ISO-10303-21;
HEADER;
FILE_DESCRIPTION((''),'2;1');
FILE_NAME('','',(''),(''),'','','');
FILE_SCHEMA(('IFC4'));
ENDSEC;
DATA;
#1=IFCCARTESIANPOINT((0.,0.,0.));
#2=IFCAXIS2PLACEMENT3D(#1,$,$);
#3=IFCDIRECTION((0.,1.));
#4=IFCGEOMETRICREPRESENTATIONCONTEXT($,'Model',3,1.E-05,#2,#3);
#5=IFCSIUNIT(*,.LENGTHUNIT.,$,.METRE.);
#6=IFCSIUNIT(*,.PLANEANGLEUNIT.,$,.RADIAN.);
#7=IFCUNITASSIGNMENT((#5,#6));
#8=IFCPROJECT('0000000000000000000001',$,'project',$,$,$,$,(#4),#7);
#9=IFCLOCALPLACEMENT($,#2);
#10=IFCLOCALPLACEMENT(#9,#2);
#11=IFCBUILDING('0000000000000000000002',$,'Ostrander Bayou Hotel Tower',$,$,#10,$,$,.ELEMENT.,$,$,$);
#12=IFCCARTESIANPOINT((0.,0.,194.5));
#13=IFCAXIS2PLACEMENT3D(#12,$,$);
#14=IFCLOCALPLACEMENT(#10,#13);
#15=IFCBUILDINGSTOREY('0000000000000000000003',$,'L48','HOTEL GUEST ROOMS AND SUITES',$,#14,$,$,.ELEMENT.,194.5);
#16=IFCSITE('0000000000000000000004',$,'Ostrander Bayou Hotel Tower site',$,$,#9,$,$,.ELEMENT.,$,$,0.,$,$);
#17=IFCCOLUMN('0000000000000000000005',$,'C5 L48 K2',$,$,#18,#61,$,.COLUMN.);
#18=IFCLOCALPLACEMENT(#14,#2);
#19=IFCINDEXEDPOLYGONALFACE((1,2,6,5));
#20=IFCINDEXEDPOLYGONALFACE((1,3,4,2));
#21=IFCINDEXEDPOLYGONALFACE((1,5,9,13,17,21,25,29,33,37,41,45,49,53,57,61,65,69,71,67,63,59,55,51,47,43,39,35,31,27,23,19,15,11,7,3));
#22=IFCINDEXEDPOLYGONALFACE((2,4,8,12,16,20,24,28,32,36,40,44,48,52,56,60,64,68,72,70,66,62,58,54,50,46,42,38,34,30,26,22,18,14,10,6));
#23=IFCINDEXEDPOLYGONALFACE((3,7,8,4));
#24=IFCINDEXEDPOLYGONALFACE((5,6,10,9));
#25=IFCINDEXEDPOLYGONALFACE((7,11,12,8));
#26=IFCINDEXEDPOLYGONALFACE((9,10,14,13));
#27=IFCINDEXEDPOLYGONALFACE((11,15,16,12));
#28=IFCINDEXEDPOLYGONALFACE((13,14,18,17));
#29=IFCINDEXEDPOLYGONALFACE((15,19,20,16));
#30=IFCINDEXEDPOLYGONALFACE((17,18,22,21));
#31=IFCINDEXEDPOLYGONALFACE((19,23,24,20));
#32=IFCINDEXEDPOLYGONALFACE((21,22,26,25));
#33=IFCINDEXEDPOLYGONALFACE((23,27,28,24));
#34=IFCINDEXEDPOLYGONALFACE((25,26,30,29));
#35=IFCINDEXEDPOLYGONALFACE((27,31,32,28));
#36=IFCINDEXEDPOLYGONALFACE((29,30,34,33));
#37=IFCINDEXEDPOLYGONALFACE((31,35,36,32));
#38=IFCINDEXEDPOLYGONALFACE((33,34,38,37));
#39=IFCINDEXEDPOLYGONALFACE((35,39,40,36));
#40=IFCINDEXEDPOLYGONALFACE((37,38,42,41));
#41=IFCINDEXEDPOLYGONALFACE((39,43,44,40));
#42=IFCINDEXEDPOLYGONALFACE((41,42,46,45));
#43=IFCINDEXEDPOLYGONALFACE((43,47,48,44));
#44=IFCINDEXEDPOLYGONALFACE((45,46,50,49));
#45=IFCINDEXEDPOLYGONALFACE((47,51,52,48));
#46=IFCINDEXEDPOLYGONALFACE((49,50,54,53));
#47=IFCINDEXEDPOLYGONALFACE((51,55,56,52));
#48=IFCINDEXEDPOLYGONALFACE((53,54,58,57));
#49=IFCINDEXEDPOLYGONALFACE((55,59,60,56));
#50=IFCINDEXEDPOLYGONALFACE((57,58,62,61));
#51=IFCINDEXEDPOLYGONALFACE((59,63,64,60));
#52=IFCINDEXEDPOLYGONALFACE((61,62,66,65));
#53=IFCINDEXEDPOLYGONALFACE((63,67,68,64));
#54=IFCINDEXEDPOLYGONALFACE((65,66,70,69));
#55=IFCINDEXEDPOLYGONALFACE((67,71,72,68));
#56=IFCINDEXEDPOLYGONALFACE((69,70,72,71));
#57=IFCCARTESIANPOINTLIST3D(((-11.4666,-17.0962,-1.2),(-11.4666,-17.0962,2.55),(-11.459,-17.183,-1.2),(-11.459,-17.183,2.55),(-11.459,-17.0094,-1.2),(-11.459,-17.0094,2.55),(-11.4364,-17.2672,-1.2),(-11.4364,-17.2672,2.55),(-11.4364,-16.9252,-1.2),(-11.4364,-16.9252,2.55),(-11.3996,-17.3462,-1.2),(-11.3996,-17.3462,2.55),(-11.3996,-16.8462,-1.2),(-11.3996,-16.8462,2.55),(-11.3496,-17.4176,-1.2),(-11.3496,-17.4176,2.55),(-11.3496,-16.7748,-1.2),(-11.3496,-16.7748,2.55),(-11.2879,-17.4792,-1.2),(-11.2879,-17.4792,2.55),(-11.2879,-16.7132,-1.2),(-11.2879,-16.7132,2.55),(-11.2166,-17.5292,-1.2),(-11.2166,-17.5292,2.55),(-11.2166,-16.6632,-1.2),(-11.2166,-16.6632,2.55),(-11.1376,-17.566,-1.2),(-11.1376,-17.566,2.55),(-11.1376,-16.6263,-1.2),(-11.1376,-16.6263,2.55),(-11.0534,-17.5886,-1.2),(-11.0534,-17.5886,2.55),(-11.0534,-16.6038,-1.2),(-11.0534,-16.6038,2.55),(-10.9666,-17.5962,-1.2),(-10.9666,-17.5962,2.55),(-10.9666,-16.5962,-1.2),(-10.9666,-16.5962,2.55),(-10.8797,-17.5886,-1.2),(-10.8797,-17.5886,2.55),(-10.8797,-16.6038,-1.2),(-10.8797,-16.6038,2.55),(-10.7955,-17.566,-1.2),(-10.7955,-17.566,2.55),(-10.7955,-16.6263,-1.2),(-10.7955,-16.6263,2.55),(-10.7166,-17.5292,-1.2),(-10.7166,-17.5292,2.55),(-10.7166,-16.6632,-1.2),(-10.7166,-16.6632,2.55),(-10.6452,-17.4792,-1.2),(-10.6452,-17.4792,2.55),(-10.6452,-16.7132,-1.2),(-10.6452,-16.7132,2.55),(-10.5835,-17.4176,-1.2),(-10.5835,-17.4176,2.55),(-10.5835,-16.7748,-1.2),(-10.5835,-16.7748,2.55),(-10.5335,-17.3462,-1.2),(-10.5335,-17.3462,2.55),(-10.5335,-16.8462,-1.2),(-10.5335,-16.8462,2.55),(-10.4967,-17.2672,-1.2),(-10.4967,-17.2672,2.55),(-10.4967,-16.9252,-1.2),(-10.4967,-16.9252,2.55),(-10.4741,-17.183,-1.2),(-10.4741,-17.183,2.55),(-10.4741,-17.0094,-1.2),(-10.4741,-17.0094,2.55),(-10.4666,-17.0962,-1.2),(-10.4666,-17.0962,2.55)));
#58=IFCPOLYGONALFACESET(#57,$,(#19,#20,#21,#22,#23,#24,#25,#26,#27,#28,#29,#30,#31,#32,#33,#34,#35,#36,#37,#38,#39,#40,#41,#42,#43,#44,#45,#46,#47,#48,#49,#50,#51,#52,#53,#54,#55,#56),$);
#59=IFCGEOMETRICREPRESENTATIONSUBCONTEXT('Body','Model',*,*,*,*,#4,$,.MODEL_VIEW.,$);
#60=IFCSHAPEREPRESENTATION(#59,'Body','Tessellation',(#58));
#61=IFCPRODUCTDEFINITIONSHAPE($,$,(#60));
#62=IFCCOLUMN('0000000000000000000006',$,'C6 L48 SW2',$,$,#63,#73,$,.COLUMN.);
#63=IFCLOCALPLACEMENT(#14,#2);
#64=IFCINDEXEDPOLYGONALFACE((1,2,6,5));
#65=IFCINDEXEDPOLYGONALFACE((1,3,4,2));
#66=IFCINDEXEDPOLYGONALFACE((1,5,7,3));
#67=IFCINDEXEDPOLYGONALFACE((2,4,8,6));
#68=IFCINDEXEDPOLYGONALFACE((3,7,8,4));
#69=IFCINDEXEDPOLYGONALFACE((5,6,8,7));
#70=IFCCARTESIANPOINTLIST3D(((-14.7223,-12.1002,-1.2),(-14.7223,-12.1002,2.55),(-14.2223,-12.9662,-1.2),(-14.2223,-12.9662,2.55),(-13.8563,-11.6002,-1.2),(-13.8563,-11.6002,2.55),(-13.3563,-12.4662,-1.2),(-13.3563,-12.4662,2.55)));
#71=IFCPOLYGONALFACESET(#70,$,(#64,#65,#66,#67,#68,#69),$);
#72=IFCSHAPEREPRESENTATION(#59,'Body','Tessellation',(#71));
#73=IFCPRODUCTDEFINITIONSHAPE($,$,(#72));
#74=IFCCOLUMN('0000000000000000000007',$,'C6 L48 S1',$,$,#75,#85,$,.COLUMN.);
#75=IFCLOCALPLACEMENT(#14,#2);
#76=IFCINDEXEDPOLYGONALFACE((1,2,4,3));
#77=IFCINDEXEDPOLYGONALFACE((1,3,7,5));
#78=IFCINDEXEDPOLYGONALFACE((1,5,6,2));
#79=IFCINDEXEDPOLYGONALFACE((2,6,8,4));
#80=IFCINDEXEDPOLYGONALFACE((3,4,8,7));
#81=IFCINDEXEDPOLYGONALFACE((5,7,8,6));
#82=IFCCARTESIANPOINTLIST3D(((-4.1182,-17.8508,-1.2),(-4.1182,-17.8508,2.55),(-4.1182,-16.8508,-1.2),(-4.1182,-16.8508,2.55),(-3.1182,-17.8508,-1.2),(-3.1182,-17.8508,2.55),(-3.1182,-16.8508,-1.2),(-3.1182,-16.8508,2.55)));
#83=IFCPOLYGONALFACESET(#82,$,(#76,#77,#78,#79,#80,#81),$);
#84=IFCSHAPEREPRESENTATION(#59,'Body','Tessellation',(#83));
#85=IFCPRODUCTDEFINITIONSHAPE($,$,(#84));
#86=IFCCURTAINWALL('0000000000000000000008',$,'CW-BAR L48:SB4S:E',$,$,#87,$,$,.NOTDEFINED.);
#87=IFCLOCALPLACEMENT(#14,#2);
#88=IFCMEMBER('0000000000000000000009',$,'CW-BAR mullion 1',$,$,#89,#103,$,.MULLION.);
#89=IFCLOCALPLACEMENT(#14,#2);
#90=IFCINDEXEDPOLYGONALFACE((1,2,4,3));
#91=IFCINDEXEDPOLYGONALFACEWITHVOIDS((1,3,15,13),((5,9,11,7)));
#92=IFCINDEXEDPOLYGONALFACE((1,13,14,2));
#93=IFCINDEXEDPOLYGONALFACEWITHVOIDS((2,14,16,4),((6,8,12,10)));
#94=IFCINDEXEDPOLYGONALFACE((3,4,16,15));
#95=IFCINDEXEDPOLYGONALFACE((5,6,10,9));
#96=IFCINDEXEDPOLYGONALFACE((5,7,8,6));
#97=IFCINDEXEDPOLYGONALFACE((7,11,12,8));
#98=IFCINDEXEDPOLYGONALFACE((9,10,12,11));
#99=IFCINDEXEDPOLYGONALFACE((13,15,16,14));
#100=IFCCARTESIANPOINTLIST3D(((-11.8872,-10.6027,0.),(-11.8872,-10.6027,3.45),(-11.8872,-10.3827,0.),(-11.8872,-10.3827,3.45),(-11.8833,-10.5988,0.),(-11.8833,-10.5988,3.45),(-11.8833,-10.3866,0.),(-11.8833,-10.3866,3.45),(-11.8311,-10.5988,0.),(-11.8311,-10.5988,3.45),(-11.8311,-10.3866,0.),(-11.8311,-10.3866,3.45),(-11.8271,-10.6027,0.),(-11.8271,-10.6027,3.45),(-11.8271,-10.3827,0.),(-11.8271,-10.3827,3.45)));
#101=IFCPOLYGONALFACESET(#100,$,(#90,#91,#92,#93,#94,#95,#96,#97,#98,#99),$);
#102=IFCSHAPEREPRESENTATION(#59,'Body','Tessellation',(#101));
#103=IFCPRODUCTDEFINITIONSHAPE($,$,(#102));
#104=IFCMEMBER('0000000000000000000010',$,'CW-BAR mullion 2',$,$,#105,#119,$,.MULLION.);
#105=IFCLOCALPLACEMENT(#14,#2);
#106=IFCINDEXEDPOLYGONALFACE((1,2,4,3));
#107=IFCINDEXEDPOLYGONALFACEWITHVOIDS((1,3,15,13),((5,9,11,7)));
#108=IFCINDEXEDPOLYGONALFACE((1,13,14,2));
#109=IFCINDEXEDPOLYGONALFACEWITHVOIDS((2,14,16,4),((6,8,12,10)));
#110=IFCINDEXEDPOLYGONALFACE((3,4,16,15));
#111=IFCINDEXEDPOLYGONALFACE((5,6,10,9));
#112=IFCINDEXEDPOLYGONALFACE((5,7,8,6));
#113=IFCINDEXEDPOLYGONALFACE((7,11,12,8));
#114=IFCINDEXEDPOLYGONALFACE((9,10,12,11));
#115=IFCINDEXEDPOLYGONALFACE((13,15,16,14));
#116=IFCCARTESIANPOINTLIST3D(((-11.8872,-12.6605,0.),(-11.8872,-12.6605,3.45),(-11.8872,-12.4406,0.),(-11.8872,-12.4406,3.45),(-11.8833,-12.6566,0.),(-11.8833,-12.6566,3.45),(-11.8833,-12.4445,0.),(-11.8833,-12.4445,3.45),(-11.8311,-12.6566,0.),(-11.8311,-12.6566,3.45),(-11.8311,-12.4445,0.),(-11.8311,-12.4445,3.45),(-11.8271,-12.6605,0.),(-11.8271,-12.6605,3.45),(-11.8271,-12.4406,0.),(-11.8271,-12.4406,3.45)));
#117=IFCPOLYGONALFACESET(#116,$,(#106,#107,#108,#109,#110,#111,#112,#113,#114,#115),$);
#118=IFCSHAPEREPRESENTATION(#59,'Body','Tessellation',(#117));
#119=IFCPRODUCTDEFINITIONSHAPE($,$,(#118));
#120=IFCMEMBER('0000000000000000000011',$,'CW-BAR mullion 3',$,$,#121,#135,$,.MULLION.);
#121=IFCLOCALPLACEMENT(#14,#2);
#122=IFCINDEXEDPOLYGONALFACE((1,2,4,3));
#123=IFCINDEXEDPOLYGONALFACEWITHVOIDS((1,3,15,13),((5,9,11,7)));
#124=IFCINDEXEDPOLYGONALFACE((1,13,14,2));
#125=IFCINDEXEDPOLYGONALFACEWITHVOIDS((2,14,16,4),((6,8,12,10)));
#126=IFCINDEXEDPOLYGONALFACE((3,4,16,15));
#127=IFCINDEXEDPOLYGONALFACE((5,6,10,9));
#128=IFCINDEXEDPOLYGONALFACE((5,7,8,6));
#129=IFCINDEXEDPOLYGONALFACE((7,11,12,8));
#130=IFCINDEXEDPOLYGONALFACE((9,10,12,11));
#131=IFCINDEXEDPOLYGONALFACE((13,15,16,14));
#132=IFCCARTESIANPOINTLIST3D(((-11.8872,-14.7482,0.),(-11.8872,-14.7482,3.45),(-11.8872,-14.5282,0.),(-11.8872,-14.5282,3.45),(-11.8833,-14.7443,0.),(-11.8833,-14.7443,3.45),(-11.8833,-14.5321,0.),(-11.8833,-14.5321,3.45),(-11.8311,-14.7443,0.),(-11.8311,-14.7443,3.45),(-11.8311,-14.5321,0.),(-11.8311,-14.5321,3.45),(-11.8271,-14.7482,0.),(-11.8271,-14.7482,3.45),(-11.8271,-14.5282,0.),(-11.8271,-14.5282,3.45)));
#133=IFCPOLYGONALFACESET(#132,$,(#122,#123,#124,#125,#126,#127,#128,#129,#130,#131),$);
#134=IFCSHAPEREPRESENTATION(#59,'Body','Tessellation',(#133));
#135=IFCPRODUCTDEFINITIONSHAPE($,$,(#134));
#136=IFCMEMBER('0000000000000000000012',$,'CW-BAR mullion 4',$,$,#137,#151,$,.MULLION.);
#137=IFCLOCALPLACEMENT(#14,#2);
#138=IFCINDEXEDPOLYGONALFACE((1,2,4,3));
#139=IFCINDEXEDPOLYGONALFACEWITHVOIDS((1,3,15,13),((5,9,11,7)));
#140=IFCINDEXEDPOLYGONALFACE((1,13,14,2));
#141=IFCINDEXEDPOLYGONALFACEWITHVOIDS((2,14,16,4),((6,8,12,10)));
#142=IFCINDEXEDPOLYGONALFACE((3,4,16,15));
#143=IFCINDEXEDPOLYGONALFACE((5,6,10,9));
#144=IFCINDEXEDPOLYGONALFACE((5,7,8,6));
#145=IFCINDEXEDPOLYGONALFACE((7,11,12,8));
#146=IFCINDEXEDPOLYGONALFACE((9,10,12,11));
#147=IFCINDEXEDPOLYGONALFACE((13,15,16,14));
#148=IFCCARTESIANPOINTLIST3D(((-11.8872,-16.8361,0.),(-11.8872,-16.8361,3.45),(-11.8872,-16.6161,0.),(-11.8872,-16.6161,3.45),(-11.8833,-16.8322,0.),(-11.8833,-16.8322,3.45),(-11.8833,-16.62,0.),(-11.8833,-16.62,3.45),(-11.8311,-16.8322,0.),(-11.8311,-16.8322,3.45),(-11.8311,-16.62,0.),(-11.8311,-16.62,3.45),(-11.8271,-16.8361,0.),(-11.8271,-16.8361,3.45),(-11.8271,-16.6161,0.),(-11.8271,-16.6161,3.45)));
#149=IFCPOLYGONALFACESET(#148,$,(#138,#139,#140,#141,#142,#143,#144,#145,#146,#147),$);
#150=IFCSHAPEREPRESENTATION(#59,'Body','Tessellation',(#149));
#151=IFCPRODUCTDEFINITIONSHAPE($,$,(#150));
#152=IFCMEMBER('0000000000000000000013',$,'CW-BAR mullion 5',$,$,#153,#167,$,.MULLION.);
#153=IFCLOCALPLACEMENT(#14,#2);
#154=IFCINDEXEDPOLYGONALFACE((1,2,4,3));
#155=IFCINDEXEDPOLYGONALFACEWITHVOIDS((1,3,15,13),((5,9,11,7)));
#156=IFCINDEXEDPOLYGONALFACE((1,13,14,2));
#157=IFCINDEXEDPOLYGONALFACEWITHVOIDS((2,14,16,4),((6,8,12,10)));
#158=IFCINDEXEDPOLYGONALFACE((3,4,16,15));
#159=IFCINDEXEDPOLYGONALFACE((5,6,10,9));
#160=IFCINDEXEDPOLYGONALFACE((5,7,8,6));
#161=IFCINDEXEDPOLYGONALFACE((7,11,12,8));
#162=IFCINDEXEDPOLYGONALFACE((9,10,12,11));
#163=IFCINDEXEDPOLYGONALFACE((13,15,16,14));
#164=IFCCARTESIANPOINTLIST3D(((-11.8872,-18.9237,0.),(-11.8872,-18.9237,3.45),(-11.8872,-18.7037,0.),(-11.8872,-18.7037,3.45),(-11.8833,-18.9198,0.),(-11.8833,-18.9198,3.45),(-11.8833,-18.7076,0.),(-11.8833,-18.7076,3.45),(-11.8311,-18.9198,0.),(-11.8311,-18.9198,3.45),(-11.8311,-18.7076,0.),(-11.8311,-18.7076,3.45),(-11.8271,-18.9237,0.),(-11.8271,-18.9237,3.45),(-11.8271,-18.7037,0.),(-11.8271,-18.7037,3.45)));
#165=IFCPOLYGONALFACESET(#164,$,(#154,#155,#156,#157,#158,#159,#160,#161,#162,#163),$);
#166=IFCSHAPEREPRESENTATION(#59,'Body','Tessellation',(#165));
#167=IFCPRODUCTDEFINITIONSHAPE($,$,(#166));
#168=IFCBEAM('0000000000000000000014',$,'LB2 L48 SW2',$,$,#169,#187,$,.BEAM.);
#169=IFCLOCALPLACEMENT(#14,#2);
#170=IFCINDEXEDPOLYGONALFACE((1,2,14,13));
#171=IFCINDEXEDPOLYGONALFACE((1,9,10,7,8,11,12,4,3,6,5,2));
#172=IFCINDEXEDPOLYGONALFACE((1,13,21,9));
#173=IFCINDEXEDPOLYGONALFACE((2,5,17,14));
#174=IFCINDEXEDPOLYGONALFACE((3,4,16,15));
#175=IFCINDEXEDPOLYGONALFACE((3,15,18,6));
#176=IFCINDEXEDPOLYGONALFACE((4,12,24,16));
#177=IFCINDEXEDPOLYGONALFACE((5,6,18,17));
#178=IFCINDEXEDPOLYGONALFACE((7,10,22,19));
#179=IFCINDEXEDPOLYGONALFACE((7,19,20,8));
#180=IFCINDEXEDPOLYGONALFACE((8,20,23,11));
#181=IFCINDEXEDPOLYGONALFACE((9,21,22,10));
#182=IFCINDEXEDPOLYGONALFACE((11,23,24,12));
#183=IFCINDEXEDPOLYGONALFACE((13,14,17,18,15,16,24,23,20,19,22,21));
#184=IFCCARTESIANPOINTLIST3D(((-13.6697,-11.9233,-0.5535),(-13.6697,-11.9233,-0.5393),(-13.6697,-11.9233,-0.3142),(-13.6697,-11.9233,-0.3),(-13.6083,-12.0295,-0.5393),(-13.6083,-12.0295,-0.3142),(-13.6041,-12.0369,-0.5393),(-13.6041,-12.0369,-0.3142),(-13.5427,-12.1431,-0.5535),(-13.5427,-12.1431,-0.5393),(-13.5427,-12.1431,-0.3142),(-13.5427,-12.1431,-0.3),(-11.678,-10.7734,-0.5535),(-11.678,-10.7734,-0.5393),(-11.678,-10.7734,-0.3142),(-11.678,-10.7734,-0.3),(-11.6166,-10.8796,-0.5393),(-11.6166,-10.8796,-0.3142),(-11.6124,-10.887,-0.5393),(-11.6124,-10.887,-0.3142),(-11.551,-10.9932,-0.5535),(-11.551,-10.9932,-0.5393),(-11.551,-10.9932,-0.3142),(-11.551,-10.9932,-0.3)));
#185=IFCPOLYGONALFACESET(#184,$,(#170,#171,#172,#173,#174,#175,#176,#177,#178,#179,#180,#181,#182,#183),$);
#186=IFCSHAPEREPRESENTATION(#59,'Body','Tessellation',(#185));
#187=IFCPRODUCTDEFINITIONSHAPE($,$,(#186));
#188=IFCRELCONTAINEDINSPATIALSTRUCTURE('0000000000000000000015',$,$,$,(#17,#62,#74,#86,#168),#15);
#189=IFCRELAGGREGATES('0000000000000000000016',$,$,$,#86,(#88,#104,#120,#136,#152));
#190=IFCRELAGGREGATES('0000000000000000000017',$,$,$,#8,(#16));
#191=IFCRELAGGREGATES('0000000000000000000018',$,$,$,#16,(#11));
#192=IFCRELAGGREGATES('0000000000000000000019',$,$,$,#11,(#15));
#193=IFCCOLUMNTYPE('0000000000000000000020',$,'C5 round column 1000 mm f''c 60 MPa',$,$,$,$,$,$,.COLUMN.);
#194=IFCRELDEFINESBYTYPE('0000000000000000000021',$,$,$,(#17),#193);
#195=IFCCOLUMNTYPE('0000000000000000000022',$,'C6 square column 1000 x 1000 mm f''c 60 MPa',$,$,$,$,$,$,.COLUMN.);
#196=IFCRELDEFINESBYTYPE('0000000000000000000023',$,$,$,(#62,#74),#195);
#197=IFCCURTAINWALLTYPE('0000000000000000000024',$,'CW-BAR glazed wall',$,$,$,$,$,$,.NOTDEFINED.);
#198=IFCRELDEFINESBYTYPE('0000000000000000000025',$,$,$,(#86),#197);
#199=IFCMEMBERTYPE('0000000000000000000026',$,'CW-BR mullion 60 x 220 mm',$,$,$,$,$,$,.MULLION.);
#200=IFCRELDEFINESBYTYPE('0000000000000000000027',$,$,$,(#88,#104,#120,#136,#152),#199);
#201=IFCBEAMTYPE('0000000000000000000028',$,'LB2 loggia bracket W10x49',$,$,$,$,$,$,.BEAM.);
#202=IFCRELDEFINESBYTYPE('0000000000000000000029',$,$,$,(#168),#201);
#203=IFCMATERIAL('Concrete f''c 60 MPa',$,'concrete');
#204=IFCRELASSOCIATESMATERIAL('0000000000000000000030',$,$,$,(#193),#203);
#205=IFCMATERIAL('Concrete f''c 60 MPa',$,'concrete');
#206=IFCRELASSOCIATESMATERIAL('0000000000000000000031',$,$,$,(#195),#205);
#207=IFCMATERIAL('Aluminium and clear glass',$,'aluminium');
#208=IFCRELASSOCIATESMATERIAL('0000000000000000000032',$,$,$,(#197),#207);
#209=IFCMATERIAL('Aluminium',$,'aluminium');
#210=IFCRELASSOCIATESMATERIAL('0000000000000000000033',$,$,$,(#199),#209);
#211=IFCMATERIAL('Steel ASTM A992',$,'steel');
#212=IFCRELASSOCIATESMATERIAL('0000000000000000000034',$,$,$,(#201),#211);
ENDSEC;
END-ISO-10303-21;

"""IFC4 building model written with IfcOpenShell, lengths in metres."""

from ifc_helpers import new_model, si_unit, direction, frame, origin, origin_2d, place, context, subcontext, project, spatial, rectangle, hollow_rectangle, circle, i_section, extrude, material, material_profile, profile_set, type_object, element, aggregate, save


model = new_model("IFC4")

# Units and contexts
model_context = context("Model", 3, precision=1e-05, world=origin(), true_north=direction((0.0, 1.0)))
body_context = subcontext(model_context, "Body", "Model", "MODEL_VIEW")
ifc_project = project(units=[si_unit("LENGTHUNIT", "METRE"), si_unit("PLANEANGLEUNIT", "RADIAN")], contexts=[model_context])

# Site, building, storey
site_placement = place(None, origin())
site = spatial("IfcSite", under=ifc_project, at=site_placement, Name="Ostrander Bayou Hotel Tower site", CompositionType="ELEMENT", RefElevation=0.0)
building_placement = place(site_placement, origin())
building = spatial("IfcBuilding", under=site, at=building_placement, Name="Ostrander Bayou Hotel Tower", CompositionType="ELEMENT")
storey_placement = place(building_placement, frame((0.0, 0.0, 194.5)))
storey = spatial("IfcBuildingStorey", under=building, at=storey_placement, Name="L48", Description="HOTEL GUEST ROOMS AND SUITES", CompositionType="ELEMENT", Elevation=194.5)

# Columns
ifc_material_1 = material(Name="Concrete f'c 60 MPa", Category="concrete")
ifc_material_profile_1 = material_profile(ifc_material_1, circle(Radius=0.5, at=origin_2d()))
ifc_profile_set_1 = profile_set([ifc_material_profile_1], Name="Concrete f'c 60 MPa")
column_type_1 = type_object("IfcColumnType", Name="C5 round column 1000 mm f'c 60 MPa", PredefinedType="COLUMN", material=ifc_profile_set_1)
column_placement = place(storey_placement, frame((-10.9666, -17.0962, -1.2), z_axis=(0.0, 0.0, 1.0), x_axis=(1.0, 0.0, 0.0)))
element("IfcColumn", 1, at=column_placement, inside=storey, type_object=column_type_1, Name="C5 L48 K2", PredefinedType="COLUMN", context=body_context, shape_type="SweptSolid", body=[
    extrude(circle(Radius=0.5, at=origin_2d()), origin(), (0.0, 0.0, 1.0), 3.75),
])
ifc_material_2 = material(Name="Concrete f'c 60 MPa", Category="concrete")
ifc_material_profile_2 = material_profile(ifc_material_2, rectangle(XDim=1.0, YDim=1.0, at=origin_2d()))
ifc_profile_set_2 = profile_set([ifc_material_profile_2], Name="Concrete f'c 60 MPa")
column_type_2 = type_object("IfcColumnType", Name="C6 square column 1000 x 1000 mm f'c 60 MPa", PredefinedType="COLUMN", material=ifc_profile_set_2)
for number, where, z_axis, x_axis, name in (
    (2, (-14.0393, -12.2832, -1.2), (0.0, 0.0, 1.0), (-0.5, 0.866025, 0.0), "C6 L48 SW2"),
    (3, (-3.6182, -17.3508, -1.2), (0.0, 0.0, 1.0), (-1.0, 0.0, 0.0), "C6 L48 S1"),
):
    element("IfcColumn", number, at=place(storey_placement, frame(where, z_axis=z_axis, x_axis=x_axis)), inside=storey, type_object=column_type_2, Name=name, PredefinedType="COLUMN", context=body_context, shape_type="SweptSolid", body=[
        extrude(rectangle(XDim=1.0, YDim=1.0, at=origin_2d()), origin(), (0.0, 0.0, 1.0), 3.75),
    ])

# Curtain wall, members
ifc_material_3 = material(Name="Aluminium and clear glass", Category="aluminium")
curtain_wall_type = type_object("IfcCurtainWallType", Name="CW-BAR glazed wall", PredefinedType="NOTDEFINED", material=ifc_material_3)
curtain_wall_placement = place(storey_placement, origin())
curtain_wall = element("IfcCurtainWall", 4, at=curtain_wall_placement, inside=storey, type_object=curtain_wall_type, Name="CW-BAR L48:SB4S:E", PredefinedType="NOTDEFINED")
ifc_material_4 = material(Name="Aluminium", Category="aluminium")
ifc_material_profile_3 = material_profile(ifc_material_4, hollow_rectangle(XDim=0.0601, YDim=0.22, WallThickness=0.0039, at=origin_2d()))
ifc_profile_set_3 = profile_set([ifc_material_profile_3], Name="Aluminium")
member_type = type_object("IfcMemberType", Name="CW-BR mullion 60 x 220 mm", PredefinedType="MULLION", material=ifc_profile_set_3)
member_1_placement = place(storey_placement, frame((-11.8572, -10.4927, 0.0), z_axis=(0.0, 0.0, 1.0), x_axis=(1.0, 0.0, 0.0)))
member_1 = element("IfcMember", 5, at=member_1_placement, type_object=member_type, Name="CW-BAR mullion 1", PredefinedType="MULLION", context=body_context, shape_type="SweptSolid", body=[
    extrude(hollow_rectangle(XDim=0.0601, YDim=0.22, WallThickness=0.0039, at=origin_2d()), origin(), (0.0, 0.0, 1.0), 3.45),
])
member_2_placement = place(storey_placement, frame((-11.8572, -12.5505, 0.0), z_axis=(0.0, 0.0, 1.0), x_axis=(1.0, 0.0, 0.0)))
member_2 = element("IfcMember", 6, at=member_2_placement, type_object=member_type, Name="CW-BAR mullion 2", PredefinedType="MULLION", context=body_context, shape_type="SweptSolid", body=[
    extrude(hollow_rectangle(XDim=0.0601, YDim=0.22, WallThickness=0.0039, at=origin_2d()), origin(), (0.0, 0.0, 1.0), 3.45),
])
member_3_placement = place(storey_placement, frame((-11.8572, -14.6382, 0.0), z_axis=(0.0, 0.0, 1.0), x_axis=(1.0, 0.0, 0.0)))
member_3 = element("IfcMember", 7, at=member_3_placement, type_object=member_type, Name="CW-BAR mullion 3", PredefinedType="MULLION", context=body_context, shape_type="SweptSolid", body=[
    extrude(hollow_rectangle(XDim=0.0601, YDim=0.22, WallThickness=0.0039, at=origin_2d()), origin(), (0.0, 0.0, 1.0), 3.45),
])
member_4_placement = place(storey_placement, frame((-11.8572, -16.7261, 0.0), z_axis=(0.0, 0.0, 1.0), x_axis=(1.0, 0.0, 0.0)))
member_4 = element("IfcMember", 8, at=member_4_placement, type_object=member_type, Name="CW-BAR mullion 4", PredefinedType="MULLION", context=body_context, shape_type="SweptSolid", body=[
    extrude(hollow_rectangle(XDim=0.0601, YDim=0.22, WallThickness=0.0039, at=origin_2d()), origin(), (0.0, 0.0, 1.0), 3.45),
])
member_5_placement = place(storey_placement, frame((-11.8572, -18.8137, 0.0), z_axis=(0.0, 0.0, 1.0), x_axis=(1.0, 0.0, 0.0)))
member_5 = element("IfcMember", 9, at=member_5_placement, type_object=member_type, Name="CW-BAR mullion 5", PredefinedType="MULLION", context=body_context, shape_type="SweptSolid", body=[
    extrude(hollow_rectangle(XDim=0.0601, YDim=0.22, WallThickness=0.0039, at=origin_2d()), origin(), (0.0, 0.0, 1.0), 3.45),
])
aggregate(curtain_wall, [member_1, member_2, member_3, member_4, member_5])

# Beam
ifc_material_5 = material(Name="Steel ASTM A992", Category="steel")
ifc_material_profile_4 = material_profile(ifc_material_5, i_section(OverallWidth=0.2539, OverallDepth=0.2534, WebThickness=0.0085, FlangeThickness=0.0142, at=origin_2d()))
ifc_profile_set_4 = profile_set([ifc_material_profile_4], Name="Steel ASTM A992")
beam_type_1 = type_object("IfcBeamType", Name="LB2 loggia bracket W10x49", PredefinedType="BEAM", material=ifc_profile_set_4)
beam_1_placement = place(storey_placement, frame((-13.6062, -12.0332, -0.4268), z_axis=(0.866026, 0.499998, 0.0), x_axis=(-0.499998, 0.866026, 0.0)))
element("IfcBeam", 10, at=beam_1_placement, inside=storey, type_object=beam_type_1, Name="LB2 L48 SW2", PredefinedType="BEAM", context=body_context, shape_type="SweptSolid", body=[
    extrude(i_section(OverallWidth=0.2539, OverallDepth=0.2534, WebThickness=0.0085, FlangeThickness=0.0142, at=origin_2d()), origin(), (0.0, 0.0, 1.0), 2.2998),
])

save(model, "model.ifc")
